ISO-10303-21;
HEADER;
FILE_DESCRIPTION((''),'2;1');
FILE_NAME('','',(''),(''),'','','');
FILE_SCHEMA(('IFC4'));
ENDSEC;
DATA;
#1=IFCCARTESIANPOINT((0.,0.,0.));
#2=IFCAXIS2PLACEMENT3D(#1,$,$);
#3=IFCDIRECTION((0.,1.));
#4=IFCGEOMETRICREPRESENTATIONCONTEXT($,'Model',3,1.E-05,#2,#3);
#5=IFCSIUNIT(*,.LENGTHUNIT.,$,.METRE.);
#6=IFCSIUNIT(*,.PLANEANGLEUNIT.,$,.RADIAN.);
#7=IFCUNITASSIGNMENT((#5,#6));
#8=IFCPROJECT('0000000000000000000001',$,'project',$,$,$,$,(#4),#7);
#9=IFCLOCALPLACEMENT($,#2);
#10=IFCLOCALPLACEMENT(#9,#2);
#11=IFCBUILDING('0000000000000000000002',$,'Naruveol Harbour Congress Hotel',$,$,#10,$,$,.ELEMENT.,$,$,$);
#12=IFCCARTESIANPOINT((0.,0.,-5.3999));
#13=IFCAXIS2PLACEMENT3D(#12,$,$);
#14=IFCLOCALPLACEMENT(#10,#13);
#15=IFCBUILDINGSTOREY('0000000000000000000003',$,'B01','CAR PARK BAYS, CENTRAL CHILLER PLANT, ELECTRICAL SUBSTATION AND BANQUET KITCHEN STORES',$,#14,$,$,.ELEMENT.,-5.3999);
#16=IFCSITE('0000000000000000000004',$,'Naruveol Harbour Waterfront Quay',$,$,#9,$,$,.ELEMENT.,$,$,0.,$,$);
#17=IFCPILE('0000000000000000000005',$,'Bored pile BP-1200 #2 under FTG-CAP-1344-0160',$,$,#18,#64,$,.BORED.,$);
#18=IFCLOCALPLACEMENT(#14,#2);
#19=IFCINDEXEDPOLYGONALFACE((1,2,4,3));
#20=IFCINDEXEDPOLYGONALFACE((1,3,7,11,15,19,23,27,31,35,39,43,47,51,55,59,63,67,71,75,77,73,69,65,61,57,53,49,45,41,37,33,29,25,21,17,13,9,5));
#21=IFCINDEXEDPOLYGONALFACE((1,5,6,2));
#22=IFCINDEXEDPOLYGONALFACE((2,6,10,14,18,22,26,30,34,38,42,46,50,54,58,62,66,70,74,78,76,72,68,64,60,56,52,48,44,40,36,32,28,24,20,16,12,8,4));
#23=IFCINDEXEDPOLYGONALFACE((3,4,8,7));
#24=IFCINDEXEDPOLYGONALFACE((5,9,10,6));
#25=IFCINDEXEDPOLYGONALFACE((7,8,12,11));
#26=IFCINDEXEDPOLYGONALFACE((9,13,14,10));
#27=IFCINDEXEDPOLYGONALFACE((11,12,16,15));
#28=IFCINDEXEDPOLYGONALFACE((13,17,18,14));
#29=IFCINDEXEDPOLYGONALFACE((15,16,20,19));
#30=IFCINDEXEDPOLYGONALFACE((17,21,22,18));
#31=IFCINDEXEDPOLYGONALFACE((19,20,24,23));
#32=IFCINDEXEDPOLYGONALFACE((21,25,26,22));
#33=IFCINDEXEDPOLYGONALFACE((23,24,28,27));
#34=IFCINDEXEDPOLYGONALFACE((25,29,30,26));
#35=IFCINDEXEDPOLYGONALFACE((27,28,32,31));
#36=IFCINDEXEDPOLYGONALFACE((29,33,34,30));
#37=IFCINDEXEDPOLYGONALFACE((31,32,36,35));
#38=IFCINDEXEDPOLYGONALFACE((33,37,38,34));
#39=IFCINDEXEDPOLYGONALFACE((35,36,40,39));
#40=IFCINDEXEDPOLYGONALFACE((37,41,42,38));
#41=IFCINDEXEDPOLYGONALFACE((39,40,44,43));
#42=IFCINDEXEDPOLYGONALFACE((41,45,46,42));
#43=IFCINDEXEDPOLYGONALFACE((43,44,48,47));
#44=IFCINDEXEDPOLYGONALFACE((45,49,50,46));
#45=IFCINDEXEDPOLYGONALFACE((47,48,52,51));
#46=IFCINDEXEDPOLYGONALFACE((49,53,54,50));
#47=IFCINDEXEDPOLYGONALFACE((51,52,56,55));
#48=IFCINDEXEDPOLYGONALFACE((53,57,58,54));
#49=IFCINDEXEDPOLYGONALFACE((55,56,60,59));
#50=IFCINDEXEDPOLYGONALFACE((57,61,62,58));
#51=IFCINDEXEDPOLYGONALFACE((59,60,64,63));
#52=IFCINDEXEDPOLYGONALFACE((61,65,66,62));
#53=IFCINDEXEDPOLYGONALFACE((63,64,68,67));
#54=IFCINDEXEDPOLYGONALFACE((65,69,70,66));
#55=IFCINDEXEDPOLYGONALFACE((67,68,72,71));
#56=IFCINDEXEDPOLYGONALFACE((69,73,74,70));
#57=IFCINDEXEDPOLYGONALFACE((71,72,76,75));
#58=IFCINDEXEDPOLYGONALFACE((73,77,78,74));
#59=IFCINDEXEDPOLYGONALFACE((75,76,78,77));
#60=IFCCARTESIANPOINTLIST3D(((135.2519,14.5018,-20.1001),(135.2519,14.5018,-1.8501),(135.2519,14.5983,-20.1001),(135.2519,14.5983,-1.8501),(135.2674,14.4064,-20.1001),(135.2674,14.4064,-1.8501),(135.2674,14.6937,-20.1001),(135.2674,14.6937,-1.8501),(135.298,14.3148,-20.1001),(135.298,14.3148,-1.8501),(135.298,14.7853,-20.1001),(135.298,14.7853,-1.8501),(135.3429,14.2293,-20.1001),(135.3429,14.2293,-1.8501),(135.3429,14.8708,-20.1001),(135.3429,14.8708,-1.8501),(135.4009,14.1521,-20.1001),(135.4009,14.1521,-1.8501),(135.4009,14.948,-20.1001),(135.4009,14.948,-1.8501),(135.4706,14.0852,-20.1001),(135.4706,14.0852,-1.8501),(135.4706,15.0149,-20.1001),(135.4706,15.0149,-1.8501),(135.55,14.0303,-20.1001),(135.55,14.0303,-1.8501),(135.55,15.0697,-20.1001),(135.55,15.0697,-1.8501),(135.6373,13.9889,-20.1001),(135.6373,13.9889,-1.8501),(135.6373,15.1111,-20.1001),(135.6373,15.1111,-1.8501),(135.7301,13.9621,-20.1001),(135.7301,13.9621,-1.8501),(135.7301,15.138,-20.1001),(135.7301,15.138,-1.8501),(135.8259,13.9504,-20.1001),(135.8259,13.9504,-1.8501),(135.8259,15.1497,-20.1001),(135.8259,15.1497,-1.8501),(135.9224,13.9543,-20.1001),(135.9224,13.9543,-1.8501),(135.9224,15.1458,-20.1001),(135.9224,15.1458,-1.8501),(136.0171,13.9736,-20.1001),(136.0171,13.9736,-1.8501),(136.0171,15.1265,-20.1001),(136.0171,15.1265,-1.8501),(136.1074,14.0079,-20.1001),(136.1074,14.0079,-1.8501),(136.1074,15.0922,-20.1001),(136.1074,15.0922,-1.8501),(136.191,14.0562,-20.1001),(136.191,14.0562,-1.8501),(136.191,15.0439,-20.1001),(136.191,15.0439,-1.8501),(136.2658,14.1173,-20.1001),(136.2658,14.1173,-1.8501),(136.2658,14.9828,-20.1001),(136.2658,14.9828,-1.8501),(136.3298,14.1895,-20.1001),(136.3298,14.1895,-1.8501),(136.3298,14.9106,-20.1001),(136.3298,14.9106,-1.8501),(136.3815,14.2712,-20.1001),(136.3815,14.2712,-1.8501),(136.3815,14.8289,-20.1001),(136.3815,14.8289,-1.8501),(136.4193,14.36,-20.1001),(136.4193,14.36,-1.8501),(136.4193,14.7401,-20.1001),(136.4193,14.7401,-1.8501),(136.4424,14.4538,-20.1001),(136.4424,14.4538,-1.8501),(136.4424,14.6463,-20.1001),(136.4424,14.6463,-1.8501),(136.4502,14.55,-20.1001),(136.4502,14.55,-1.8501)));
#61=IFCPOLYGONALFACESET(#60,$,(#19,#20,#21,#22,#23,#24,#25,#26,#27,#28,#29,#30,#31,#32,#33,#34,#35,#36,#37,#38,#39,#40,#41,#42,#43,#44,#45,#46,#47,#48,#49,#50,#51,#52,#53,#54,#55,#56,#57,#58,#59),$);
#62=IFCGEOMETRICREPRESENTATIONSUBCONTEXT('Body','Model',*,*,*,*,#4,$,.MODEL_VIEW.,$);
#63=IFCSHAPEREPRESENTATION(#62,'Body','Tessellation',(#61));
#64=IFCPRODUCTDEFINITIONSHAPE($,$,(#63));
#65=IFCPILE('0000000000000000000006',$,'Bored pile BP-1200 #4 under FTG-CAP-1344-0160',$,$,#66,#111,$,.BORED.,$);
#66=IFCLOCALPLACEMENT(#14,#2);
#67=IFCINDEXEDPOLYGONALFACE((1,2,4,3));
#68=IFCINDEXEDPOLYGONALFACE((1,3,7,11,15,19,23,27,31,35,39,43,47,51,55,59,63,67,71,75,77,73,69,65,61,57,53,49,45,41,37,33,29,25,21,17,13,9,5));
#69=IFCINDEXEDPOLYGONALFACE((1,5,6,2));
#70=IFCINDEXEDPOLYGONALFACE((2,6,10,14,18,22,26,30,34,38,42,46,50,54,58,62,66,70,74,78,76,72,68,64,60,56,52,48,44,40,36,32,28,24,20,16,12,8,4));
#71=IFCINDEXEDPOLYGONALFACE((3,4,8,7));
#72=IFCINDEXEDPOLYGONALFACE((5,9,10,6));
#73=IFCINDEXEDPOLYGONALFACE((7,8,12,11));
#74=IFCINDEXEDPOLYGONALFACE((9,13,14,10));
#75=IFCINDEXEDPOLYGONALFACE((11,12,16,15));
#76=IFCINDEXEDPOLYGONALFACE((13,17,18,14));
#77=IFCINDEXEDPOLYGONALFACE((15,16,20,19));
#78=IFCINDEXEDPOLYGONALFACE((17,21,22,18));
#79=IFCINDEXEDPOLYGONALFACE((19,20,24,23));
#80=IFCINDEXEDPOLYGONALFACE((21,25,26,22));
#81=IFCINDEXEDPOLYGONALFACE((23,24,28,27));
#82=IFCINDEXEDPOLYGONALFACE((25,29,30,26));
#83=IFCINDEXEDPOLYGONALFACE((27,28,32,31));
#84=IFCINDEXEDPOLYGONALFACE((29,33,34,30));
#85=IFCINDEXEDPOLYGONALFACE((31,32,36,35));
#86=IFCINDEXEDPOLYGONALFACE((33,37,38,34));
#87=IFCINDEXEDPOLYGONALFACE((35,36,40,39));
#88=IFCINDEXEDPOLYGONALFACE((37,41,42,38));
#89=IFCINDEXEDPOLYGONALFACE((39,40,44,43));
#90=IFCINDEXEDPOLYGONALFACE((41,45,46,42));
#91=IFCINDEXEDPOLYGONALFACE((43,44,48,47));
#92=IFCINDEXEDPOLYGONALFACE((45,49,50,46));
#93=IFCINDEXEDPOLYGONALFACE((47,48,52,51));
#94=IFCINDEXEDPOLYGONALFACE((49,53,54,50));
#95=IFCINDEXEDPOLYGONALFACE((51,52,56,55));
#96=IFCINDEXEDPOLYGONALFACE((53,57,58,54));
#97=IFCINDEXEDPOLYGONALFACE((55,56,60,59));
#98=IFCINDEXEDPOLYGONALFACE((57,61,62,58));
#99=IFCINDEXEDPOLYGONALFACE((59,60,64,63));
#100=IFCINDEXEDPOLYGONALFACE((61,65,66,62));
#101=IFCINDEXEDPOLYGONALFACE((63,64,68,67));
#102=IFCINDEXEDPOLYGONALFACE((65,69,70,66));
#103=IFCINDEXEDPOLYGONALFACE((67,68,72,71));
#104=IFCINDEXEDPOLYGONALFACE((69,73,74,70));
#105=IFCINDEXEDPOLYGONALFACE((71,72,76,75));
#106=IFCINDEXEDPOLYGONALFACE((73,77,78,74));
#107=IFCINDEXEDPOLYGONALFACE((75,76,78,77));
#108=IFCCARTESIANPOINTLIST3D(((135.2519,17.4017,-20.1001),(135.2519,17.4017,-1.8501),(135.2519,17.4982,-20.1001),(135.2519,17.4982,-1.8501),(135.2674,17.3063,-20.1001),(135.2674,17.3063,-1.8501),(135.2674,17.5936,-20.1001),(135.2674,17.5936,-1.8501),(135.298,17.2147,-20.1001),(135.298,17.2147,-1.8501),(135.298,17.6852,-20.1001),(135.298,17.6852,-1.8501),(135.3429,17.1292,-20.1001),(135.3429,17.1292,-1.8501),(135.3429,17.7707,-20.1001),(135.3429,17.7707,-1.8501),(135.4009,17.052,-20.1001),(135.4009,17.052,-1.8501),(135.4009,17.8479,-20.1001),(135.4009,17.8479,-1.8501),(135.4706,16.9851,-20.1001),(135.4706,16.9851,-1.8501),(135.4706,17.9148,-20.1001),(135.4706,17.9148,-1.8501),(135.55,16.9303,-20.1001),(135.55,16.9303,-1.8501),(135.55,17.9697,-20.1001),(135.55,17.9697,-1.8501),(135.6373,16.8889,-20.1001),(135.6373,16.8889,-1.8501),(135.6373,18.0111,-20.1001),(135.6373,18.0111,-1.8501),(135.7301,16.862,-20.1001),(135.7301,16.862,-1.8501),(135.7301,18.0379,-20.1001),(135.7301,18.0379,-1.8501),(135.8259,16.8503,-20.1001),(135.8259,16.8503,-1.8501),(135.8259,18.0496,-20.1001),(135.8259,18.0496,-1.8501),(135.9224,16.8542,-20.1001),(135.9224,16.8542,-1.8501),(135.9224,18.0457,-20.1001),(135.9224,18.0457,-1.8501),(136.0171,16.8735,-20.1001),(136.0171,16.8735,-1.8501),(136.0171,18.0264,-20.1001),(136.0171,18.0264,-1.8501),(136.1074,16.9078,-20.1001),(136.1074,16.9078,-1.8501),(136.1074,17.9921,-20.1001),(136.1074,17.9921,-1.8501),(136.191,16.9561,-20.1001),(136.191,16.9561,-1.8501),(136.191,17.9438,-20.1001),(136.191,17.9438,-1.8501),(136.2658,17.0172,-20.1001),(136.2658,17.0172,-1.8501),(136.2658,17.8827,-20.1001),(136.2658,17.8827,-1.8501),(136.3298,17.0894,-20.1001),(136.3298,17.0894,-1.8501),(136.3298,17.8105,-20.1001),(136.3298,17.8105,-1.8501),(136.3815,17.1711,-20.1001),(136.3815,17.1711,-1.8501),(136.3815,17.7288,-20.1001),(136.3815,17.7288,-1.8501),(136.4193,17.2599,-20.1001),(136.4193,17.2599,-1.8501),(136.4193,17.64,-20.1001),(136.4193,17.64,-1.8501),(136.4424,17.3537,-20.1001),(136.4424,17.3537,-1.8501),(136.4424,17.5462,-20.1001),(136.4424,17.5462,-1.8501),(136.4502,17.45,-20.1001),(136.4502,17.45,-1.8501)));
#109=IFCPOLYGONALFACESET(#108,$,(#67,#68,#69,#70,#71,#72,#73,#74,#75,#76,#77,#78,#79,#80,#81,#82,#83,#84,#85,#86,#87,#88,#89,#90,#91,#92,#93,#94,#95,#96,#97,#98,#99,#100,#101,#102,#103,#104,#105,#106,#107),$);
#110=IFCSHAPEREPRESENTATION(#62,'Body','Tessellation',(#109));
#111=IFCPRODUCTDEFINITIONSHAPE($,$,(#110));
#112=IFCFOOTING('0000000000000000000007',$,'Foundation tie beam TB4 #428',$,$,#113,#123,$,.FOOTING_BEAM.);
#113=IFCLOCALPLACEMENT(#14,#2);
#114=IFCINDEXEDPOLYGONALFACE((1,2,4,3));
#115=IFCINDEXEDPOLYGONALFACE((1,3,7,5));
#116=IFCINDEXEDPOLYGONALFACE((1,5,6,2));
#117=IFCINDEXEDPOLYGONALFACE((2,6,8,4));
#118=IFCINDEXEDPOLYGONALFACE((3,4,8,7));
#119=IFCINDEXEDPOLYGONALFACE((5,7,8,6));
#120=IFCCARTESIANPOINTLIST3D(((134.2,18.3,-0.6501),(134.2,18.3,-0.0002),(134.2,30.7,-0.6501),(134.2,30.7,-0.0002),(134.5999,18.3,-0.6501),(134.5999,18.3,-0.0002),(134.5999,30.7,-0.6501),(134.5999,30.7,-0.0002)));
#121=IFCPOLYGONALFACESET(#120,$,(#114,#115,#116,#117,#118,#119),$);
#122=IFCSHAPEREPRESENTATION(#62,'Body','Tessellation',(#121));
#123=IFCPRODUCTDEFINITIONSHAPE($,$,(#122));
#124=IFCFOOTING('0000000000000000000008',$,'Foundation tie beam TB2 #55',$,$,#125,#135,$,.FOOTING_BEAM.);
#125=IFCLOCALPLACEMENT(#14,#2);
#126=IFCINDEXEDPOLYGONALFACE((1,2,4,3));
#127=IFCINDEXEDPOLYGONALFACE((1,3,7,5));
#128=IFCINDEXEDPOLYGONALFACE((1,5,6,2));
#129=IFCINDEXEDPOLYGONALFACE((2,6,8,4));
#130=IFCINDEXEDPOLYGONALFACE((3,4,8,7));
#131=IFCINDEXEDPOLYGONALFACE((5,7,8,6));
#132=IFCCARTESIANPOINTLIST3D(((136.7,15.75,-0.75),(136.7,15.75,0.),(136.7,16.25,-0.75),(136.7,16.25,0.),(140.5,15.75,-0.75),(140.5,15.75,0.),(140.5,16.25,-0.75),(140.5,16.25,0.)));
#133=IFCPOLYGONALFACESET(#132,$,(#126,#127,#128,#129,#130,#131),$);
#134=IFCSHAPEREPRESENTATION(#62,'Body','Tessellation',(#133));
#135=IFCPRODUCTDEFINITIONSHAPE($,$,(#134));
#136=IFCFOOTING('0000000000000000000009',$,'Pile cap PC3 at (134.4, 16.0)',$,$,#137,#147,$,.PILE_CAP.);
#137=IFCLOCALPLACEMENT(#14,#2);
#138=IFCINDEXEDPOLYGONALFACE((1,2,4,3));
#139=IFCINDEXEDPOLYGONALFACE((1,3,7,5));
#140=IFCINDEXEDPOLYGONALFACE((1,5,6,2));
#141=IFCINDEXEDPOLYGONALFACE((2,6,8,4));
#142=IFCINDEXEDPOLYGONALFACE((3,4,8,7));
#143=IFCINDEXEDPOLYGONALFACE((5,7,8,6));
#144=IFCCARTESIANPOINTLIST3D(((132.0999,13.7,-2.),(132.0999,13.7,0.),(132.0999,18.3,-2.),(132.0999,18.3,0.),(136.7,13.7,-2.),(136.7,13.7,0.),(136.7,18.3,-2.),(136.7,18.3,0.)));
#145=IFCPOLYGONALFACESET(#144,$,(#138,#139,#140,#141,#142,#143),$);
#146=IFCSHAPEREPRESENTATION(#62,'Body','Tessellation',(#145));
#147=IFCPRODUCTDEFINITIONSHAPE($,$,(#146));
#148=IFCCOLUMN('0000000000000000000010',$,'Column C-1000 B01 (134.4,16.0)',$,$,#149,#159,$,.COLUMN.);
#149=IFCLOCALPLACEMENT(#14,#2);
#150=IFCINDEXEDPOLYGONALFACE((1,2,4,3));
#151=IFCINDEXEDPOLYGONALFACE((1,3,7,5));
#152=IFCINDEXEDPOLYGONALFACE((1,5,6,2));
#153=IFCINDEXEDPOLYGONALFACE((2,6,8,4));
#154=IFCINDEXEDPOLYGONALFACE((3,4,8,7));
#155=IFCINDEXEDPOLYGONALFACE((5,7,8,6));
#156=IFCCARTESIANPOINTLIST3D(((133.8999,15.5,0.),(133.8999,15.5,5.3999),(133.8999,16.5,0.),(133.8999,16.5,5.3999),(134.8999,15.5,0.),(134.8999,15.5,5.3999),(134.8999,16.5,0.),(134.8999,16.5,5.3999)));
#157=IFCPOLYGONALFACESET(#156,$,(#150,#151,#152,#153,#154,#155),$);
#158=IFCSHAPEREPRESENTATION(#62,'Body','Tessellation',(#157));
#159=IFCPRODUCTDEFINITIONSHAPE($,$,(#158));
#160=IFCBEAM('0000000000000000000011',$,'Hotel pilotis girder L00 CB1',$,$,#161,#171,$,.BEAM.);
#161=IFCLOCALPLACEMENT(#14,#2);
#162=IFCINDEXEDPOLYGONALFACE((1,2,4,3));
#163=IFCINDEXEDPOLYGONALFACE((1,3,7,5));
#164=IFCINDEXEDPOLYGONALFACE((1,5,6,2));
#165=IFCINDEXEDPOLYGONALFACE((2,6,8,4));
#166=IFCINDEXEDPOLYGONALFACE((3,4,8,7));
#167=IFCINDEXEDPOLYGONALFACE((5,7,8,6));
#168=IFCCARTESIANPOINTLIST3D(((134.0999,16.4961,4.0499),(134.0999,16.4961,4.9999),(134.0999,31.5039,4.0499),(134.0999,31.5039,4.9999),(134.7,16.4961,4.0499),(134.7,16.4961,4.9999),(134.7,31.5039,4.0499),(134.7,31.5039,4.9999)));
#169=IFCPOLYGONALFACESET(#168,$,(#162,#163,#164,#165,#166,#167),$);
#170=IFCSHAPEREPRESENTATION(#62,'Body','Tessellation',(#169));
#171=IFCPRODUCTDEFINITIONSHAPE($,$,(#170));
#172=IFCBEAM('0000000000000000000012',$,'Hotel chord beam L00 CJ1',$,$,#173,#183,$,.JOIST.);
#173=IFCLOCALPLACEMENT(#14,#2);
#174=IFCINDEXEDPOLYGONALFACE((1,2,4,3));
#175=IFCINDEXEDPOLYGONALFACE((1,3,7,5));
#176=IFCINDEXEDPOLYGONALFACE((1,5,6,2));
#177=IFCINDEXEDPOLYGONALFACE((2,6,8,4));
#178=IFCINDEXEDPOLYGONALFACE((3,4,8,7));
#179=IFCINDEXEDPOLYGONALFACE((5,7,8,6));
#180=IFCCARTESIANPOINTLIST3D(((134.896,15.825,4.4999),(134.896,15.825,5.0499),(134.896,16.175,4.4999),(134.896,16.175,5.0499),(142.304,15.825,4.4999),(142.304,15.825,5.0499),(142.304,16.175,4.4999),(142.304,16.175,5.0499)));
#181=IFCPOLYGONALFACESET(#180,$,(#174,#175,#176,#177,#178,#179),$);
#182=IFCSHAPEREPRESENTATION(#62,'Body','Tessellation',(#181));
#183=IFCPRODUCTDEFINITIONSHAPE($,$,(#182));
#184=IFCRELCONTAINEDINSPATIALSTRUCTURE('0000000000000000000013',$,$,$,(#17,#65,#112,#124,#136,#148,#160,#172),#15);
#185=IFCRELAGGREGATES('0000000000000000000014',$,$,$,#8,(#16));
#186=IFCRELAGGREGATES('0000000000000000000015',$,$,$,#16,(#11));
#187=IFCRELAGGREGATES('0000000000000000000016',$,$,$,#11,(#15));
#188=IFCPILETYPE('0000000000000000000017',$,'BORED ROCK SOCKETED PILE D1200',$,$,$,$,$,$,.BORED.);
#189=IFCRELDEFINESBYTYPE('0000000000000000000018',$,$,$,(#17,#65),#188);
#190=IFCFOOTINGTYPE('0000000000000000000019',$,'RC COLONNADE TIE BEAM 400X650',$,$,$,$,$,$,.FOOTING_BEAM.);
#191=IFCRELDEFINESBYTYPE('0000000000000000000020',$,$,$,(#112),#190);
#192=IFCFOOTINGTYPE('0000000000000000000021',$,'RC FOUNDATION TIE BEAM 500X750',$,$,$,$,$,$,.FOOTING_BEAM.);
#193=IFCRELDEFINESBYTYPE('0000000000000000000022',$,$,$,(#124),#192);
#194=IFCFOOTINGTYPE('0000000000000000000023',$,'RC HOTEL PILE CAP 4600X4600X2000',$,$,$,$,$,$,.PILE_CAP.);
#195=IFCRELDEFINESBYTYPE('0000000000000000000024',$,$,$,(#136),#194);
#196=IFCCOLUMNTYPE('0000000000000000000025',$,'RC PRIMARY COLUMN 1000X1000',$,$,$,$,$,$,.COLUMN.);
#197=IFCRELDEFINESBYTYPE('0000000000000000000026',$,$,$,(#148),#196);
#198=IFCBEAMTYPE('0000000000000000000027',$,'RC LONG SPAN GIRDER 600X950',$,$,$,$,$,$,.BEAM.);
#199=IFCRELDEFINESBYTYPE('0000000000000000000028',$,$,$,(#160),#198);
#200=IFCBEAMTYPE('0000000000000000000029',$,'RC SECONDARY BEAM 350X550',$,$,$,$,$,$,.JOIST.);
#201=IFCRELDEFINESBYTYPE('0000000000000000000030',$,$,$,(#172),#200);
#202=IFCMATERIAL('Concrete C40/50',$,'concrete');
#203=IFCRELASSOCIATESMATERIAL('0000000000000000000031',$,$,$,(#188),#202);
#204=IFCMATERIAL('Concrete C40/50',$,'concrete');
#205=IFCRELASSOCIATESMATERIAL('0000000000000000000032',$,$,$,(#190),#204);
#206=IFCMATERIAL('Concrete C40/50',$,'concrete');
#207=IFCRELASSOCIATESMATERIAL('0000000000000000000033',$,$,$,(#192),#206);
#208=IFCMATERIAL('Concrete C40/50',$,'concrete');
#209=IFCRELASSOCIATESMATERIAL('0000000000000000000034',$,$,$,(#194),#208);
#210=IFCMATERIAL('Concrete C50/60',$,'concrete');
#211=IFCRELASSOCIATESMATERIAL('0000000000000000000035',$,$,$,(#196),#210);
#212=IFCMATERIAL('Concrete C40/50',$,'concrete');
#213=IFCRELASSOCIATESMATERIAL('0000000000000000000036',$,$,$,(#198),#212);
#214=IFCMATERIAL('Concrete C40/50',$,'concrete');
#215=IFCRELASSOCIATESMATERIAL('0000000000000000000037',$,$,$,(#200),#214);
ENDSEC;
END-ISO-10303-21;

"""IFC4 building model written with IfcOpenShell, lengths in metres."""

from ifc_helpers import new_model, si_unit, direction, frame, origin, origin_2d, place, context, subcontext, project, spatial, rectangle, circle, extrude, material, material_profile, profile_set, type_object, element, save


model = new_model("IFC4")

# Units and contexts
model_context = context("Model", 3, precision=1e-05, world=origin(), true_north=direction((0.0, 1.0)))
body_context = subcontext(model_context, "Body", "Model", "MODEL_VIEW")
ifc_project = project(units=[si_unit("LENGTHUNIT", "METRE"), si_unit("PLANEANGLEUNIT", "RADIAN")], contexts=[model_context])

# Site, building, storey
site_placement = place(None, origin())
site = spatial("IfcSite", under=ifc_project, at=site_placement, Name="Naruveol Harbour Waterfront Quay", CompositionType="ELEMENT", RefElevation=0.0)
building_placement = place(site_placement, origin())
building = spatial("IfcBuilding", under=site, at=building_placement, Name="Naruveol Harbour Congress Hotel", CompositionType="ELEMENT")
storey_placement = place(building_placement, frame((0.0, 0.0, -5.3999)))
storey = spatial("IfcBuildingStorey", under=building, at=storey_placement, Name="B01", Description="CAR PARK BAYS, CENTRAL CHILLER PLANT, ELECTRICAL SUBSTATION AND BANQUET KITCHEN STORES", CompositionType="ELEMENT", Elevation=-5.3999)

# Piles
ifc_material_1 = material(Name="Concrete C40/50", Category="concrete")
ifc_material_profile_1 = material_profile(ifc_material_1, circle(Radius=0.6001, at=origin_2d()), Name="BP-1200")
ifc_profile_set_1 = profile_set([ifc_material_profile_1], Name="Concrete C40/50")
pile_type = type_object("IfcPileType", Name="BORED ROCK SOCKETED PILE D1200", PredefinedType="BORED", material=ifc_profile_set_1)
for number, where, z_axis, x_axis, name in (
    (1, (135.8501, 14.55, -1.8501), (0.0, 0.0, -1.0), (1.0, 0.0, 0.0), "Bored pile BP-1200 #2 under FTG-CAP-1344-0160"),
    (2, (135.8501, 17.45, -1.8501), (0.0, 0.0, -1.0), (1.0, 0.0, 0.0), "Bored pile BP-1200 #4 under FTG-CAP-1344-0160"),
):
    element("IfcPile", number, at=place(storey_placement, frame(where, z_axis=z_axis, x_axis=x_axis)), inside=storey, type_object=pile_type, Name=name, PredefinedType="BORED", context=body_context, shape_type="SweptSolid", body=[
        extrude(circle(Radius=0.6001, at=origin_2d()), origin(), (0.0, 0.0, 1.0), 18.25),
    ])

# Footings
ifc_material_2 = material(Name="Concrete C40/50", Category="concrete")
ifc_material_profile_2 = material_profile(ifc_material_2, rectangle(XDim=0.3999, YDim=0.6499, at=origin_2d()), Name="RCB-400x650")
ifc_profile_set_2 = profile_set([ifc_material_profile_2], Name="Concrete C40/50")
footing_type_1 = type_object("IfcFootingType", Name="RC COLONNADE TIE BEAM 400X650", PredefinedType="FOOTING_BEAM", material=ifc_profile_set_2)
footing_1_placement = place(storey_placement, frame((134.3999, 18.3, -0.3252), z_axis=(0.0, 1.0, 0.0), x_axis=(-1.0, 0.0, 0.0)))
element("IfcFooting", 3, at=footing_1_placement, inside=storey, type_object=footing_type_1, Name="Foundation tie beam TB4 #428", PredefinedType="FOOTING_BEAM", context=body_context, shape_type="SweptSolid", body=[
    extrude(rectangle(XDim=0.3999, YDim=0.6499, at=origin_2d()), origin(), (0.0, 0.0, 1.0), 12.3999),
])
ifc_material_3 = material(Name="Concrete C40/50", Category="concrete")
ifc_material_profile_3 = material_profile(ifc_material_3, rectangle(XDim=0.5, YDim=0.75, at=origin_2d()), Name="RCB-500x750")
ifc_profile_set_3 = profile_set([ifc_material_profile_3], Name="Concrete C40/50")
footing_type_2 = type_object("IfcFootingType", Name="RC FOUNDATION TIE BEAM 500X750", PredefinedType="FOOTING_BEAM", material=ifc_profile_set_3)
footing_2_placement = place(storey_placement, frame((136.7, 16.0, -0.375), z_axis=(1.0, 0.0, 0.0), x_axis=(0.0, 1.0, 0.0)))
element("IfcFooting", 4, at=footing_2_placement, inside=storey, type_object=footing_type_2, Name="Foundation tie beam TB2 #55", PredefinedType="FOOTING_BEAM", context=body_context, shape_type="SweptSolid", body=[
    extrude(rectangle(XDim=0.5, YDim=0.75, at=origin_2d()), origin(), (0.0, 0.0, 1.0), 3.8),
])
ifc_material_4 = material(Name="Concrete C40/50", Category="concrete")
footing_type_3 = type_object("IfcFootingType", Name="RC HOTEL PILE CAP 4600X4600X2000", PredefinedType="PILE_CAP", material=ifc_material_4)
footing_3_placement = place(storey_placement, frame((134.3999, 16.0, -2.0), z_axis=(0.0, 0.0, 1.0), x_axis=(1.0, 0.0, 0.0)))
element("IfcFooting", 5, at=footing_3_placement, inside=storey, type_object=footing_type_3, Name="Pile cap PC3 at (134.4, 16.0)", PredefinedType="PILE_CAP", context=body_context, shape_type="SweptSolid", body=[
    extrude(rectangle(XDim=4.6001, YDim=4.6001, at=origin_2d()), origin(), (0.0, 0.0, 1.0), 2.0),
])

# Column
ifc_material_5 = material(Name="Concrete C50/60", Category="concrete")
ifc_material_profile_4 = material_profile(ifc_material_5, rectangle(XDim=1.0, YDim=1.0, at=origin_2d()), Name="RC-1000x1000")
ifc_profile_set_4 = profile_set([ifc_material_profile_4], Name="Concrete C50/60")
column_type = type_object("IfcColumnType", Name="RC PRIMARY COLUMN 1000X1000", PredefinedType="COLUMN", material=ifc_profile_set_4)
column_placement = place(storey_placement, frame((134.3999, 16.0, 0.0), z_axis=(0.0, 0.0, 1.0), x_axis=(1.0, 0.0, 0.0)))
element("IfcColumn", 6, at=column_placement, inside=storey, type_object=column_type, Name="Column C-1000 B01 (134.4,16.0)", PredefinedType="COLUMN", context=body_context, shape_type="SweptSolid", body=[
    extrude(rectangle(XDim=1.0, YDim=1.0, at=origin_2d()), origin(), (0.0, 0.0, 1.0), 5.3999),
])

# Beams
ifc_material_6 = material(Name="Concrete C40/50", Category="concrete")
ifc_material_profile_5 = material_profile(ifc_material_6, rectangle(XDim=0.6001, YDim=0.95, at=origin_2d()), Name="RCB-600x950")
ifc_profile_set_5 = profile_set([ifc_material_profile_5], Name="Concrete C40/50")
beam_type_1 = type_object("IfcBeamType", Name="RC LONG SPAN GIRDER 600X950", PredefinedType="BEAM", material=ifc_profile_set_5)
beam_1_placement = place(storey_placement, frame((134.3999, 16.4961, 4.5249), z_axis=(0.0, 1.0, 0.0), x_axis=(-1.0, 0.0, 0.0)))
element("IfcBeam", 7, at=beam_1_placement, inside=storey, type_object=beam_type_1, Name="Hotel pilotis girder L00 CB1", PredefinedType="BEAM", context=body_context, shape_type="SweptSolid", body=[
    extrude(rectangle(XDim=0.6001, YDim=0.95, at=origin_2d()), origin(), (0.0, 0.0, 1.0), 15.0078),
])
ifc_material_7 = material(Name="Concrete C40/50", Category="concrete")
ifc_material_profile_6 = material_profile(ifc_material_7, rectangle(XDim=0.3501, YDim=0.55, at=origin_2d()), Name="RCB-350x550")
ifc_profile_set_6 = profile_set([ifc_material_profile_6], Name="Concrete C40/50")
beam_type_2 = type_object("IfcBeamType", Name="RC SECONDARY BEAM 350X550", PredefinedType="JOIST", material=ifc_profile_set_6)
beam_2_placement = place(storey_placement, frame((134.896, 16.0, 4.7749), z_axis=(1.0, 0.0, 0.0), x_axis=(0.0, 1.0, 0.0)))
element("IfcBeam", 8, at=beam_2_placement, inside=storey, type_object=beam_type_2, Name="Hotel chord beam L00 CJ1", PredefinedType="JOIST", context=body_context, shape_type="SweptSolid", body=[
    extrude(rectangle(XDim=0.3501, YDim=0.55, at=origin_2d()), origin(), (0.0, 0.0, 1.0), 7.408),
])

save(model, "model.ifc")
